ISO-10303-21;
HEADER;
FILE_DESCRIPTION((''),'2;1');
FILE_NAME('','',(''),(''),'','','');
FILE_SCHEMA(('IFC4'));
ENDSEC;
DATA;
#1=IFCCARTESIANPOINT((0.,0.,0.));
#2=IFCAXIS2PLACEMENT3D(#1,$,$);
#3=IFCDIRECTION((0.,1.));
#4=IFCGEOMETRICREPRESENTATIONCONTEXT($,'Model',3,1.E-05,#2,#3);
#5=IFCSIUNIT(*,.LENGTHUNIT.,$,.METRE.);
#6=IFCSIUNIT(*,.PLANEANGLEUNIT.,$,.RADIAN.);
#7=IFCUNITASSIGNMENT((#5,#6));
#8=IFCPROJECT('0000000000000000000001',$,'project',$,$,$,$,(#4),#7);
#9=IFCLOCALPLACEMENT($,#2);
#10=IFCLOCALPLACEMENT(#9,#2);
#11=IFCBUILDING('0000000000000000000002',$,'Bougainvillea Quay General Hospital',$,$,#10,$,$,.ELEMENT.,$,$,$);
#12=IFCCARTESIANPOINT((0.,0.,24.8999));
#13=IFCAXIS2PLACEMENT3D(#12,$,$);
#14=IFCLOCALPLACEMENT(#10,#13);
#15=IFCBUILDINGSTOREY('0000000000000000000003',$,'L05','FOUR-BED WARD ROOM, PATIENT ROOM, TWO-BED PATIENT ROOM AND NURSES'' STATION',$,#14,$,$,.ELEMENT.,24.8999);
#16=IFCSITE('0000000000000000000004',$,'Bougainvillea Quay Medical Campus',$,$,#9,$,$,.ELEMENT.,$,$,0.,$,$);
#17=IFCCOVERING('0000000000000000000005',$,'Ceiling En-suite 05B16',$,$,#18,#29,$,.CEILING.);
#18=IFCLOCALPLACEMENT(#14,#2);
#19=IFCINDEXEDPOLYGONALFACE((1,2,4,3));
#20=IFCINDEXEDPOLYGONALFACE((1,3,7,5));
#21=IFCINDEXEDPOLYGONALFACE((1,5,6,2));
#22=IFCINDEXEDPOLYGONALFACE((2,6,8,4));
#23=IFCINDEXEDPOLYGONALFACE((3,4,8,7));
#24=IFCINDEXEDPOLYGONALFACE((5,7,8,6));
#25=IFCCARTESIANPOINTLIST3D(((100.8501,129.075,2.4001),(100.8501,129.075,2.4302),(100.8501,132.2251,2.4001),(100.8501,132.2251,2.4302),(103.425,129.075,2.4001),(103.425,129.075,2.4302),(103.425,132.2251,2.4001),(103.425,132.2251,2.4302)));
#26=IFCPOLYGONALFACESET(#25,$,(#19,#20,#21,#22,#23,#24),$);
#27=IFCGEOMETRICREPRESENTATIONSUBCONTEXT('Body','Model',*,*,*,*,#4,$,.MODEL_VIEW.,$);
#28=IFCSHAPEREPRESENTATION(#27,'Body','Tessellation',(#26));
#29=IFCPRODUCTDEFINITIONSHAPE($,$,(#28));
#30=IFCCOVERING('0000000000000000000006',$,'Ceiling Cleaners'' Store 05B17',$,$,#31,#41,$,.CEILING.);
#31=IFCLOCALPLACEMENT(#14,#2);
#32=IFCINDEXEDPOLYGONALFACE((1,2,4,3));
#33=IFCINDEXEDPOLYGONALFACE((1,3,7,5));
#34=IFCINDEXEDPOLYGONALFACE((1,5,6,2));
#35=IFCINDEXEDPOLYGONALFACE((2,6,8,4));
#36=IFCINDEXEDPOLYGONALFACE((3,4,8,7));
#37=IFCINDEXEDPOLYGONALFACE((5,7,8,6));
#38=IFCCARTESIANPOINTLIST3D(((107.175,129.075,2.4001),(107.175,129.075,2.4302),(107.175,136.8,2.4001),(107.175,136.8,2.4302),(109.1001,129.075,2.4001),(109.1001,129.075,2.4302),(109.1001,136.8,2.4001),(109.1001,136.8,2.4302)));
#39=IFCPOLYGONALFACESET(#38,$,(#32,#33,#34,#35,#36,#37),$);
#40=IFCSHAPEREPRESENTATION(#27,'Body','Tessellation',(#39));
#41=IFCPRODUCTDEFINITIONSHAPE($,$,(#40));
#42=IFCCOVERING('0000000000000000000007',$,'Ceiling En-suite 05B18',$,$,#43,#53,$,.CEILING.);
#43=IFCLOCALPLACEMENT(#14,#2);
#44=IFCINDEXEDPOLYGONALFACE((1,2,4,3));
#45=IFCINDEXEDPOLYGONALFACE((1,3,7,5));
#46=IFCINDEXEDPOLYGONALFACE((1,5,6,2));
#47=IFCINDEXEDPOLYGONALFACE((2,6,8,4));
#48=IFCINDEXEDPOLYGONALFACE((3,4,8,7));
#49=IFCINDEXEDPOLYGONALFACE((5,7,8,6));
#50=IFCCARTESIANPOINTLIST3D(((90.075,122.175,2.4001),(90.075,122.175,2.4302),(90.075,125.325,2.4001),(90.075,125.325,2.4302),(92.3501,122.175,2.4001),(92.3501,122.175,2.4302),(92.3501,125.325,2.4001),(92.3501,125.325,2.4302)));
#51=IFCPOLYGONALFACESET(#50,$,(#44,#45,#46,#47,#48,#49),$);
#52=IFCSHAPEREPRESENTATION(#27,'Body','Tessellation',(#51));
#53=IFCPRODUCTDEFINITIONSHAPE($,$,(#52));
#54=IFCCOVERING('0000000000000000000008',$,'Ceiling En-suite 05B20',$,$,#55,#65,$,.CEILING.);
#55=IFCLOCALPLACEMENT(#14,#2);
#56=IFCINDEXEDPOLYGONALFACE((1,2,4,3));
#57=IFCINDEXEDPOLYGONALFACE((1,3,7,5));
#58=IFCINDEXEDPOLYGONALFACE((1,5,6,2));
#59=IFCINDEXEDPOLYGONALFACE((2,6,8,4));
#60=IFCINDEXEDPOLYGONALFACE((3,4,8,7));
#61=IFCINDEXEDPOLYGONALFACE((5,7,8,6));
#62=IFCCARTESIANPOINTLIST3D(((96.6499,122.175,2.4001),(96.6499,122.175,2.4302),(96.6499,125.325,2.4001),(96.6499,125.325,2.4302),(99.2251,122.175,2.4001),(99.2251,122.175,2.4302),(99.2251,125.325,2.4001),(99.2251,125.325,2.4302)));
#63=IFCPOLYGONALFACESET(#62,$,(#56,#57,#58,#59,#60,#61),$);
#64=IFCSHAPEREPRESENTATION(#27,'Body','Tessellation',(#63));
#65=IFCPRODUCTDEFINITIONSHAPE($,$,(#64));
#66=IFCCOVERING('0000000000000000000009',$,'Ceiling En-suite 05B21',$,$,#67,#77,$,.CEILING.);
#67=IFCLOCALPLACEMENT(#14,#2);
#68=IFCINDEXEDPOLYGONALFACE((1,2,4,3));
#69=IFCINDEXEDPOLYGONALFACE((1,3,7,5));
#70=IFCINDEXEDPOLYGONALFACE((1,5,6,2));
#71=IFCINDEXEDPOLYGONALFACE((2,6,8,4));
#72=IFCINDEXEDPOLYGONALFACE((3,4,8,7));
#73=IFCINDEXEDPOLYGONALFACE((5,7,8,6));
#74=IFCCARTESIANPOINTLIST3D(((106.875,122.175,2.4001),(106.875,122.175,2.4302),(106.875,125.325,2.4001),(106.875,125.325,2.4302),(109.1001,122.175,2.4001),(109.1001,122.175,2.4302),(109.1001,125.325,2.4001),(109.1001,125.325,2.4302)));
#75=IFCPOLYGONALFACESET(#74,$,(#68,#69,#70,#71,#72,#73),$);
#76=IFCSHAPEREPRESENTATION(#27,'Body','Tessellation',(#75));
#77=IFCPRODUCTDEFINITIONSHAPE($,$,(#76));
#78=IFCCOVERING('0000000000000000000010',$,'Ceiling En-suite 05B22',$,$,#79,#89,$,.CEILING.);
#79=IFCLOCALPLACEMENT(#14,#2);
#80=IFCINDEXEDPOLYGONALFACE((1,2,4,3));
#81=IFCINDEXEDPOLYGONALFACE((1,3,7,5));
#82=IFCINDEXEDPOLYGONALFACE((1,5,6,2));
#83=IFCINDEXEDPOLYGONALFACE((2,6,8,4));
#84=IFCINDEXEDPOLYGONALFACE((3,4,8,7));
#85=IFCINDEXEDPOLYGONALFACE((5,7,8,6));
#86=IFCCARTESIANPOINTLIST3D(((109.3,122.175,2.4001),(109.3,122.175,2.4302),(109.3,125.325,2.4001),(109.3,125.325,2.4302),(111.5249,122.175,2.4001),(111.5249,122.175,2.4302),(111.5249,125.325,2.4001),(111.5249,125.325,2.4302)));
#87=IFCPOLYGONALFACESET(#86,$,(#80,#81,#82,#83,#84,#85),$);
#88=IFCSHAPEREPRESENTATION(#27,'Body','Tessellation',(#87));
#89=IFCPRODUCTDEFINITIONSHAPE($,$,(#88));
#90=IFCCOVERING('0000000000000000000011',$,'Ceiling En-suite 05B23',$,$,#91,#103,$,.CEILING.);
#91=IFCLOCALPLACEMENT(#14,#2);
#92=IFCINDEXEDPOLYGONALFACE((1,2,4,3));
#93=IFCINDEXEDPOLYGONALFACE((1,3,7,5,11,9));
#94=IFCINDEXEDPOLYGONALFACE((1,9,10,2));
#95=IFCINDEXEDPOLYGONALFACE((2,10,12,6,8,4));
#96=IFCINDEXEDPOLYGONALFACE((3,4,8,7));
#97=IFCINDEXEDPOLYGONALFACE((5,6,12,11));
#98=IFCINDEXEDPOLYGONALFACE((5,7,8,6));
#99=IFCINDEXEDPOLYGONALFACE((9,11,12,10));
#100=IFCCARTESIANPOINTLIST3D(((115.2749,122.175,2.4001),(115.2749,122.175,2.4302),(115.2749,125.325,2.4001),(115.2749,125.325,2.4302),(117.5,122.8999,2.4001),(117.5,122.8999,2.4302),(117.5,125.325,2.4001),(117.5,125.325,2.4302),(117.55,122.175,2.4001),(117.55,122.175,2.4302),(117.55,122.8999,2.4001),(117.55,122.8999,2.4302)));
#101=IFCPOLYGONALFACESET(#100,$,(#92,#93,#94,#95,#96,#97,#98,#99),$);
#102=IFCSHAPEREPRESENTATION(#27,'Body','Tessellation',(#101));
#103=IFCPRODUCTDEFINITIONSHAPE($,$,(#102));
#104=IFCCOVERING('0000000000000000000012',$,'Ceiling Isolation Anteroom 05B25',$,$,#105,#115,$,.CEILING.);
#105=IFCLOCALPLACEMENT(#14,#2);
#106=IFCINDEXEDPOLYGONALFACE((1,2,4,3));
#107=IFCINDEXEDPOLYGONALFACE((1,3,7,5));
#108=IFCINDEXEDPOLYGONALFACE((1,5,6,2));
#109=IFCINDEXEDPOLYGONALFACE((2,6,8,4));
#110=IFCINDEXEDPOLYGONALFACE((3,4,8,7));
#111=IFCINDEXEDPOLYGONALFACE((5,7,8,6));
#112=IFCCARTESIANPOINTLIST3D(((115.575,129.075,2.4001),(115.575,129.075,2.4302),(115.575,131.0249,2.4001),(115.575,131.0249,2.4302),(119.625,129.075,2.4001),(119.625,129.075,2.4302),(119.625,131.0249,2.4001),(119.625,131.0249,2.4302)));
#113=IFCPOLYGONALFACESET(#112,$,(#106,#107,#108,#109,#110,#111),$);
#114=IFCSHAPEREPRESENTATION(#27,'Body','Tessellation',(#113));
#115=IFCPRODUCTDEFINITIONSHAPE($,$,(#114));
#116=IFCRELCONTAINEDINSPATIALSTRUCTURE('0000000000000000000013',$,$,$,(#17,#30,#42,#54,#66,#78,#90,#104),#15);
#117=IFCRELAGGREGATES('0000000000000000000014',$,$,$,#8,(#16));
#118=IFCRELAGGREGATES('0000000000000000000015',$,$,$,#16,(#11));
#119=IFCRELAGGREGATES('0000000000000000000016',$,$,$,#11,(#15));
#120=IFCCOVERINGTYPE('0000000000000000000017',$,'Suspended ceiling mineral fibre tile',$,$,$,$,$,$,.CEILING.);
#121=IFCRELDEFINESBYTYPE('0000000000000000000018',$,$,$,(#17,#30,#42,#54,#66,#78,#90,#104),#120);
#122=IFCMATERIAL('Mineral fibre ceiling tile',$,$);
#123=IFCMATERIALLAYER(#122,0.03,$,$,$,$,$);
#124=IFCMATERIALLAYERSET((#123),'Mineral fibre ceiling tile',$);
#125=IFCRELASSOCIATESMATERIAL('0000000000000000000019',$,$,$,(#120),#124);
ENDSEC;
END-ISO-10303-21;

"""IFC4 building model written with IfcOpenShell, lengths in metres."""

from ifc_helpers import new_model, si_unit, direction, frame, origin, place, context, subcontext, project, spatial, polyline, outline, extrude, material, layer, layer_set, type_object, element, save


model = new_model("IFC4")

# Units and contexts
model_context = context("Model", 3, precision=1e-05, world=origin(), true_north=direction((0.0, 1.0)))
body_context = subcontext(model_context, "Body", "Model", "MODEL_VIEW")
ifc_project = project(units=[si_unit("LENGTHUNIT", "METRE"), si_unit("PLANEANGLEUNIT", "RADIAN")], contexts=[model_context])

# Site, building, storey
site_placement = place(None, origin())
site = spatial("IfcSite", under=ifc_project, at=site_placement, Name="Bougainvillea Quay Medical Campus", CompositionType="ELEMENT", RefElevation=0.0)
building_placement = place(site_placement, origin())
building = spatial("IfcBuilding", under=site, at=building_placement, Name="Bougainvillea Quay General Hospital", CompositionType="ELEMENT")
storey_placement = place(building_placement, frame((0.0, 0.0, 24.8999)))
storey = spatial("IfcBuildingStorey", under=building, at=storey_placement, Name="L05", Description="FOUR-BED WARD ROOM, PATIENT ROOM, TWO-BED PATIENT ROOM AND NURSES' STATION", CompositionType="ELEMENT", Elevation=24.8999)

# Coverings
ifc_material = material(Name="Mineral fibre ceiling tile")
ifc_layer = layer(ifc_material, 0.03)
ifc_layer_set = layer_set([ifc_layer], Name="Mineral fibre ceiling tile")
covering_type = type_object("IfcCoveringType", Name="Suspended ceiling mineral fibre tile", PredefinedType="CEILING", material=ifc_layer_set)
covering_1_placement = place(storey_placement, frame((0.0, 0.0, 2.4001)))
element("IfcCovering", 1, at=covering_1_placement, inside=storey, type_object=covering_type, Name="Ceiling En-suite 05B16", PredefinedType="CEILING", context=body_context, shape_type="SweptSolid", body=[
    extrude(outline(polyline([(100.8501, 129.075), (103.425, 129.075), (103.425, 132.2251), (100.8501, 132.2251), (100.8501, 129.075)])), origin(), (0.0, 0.0, 1.0), 0.03),
])
covering_2_placement = place(storey_placement, frame((0.0, 0.0, 2.4001)))
element("IfcCovering", 2, at=covering_2_placement, inside=storey, type_object=covering_type, Name="Ceiling Cleaners' Store 05B17", PredefinedType="CEILING", context=body_context, shape_type="SweptSolid", body=[
    extrude(outline(polyline([(107.175, 136.8), (107.175, 129.075), (109.1001, 129.075), (109.1001, 136.8), (107.175, 136.8)])), origin(), (0.0, 0.0, 1.0), 0.03),
])
covering_3_placement = place(storey_placement, frame((0.0, 0.0, 2.4001)))
element("IfcCovering", 3, at=covering_3_placement, inside=storey, type_object=covering_type, Name="Ceiling En-suite 05B18", PredefinedType="CEILING", context=body_context, shape_type="SweptSolid", body=[
    extrude(outline(polyline([(92.3501, 125.325), (90.075, 125.325), (90.075, 122.175), (92.3501, 122.175), (92.3501, 125.325)])), origin(), (0.0, 0.0, 1.0), 0.03),
])
covering_4_placement = place(storey_placement, frame((0.0, 0.0, 2.4001)))
element("IfcCovering", 4, at=covering_4_placement, inside=storey, type_object=covering_type, Name="Ceiling En-suite 05B20", PredefinedType="CEILING", context=body_context, shape_type="SweptSolid", body=[
    extrude(outline(polyline([(99.2251, 125.325), (96.6499, 125.325), (96.6499, 122.175), (99.2251, 122.175), (99.2251, 125.325)])), origin(), (0.0, 0.0, 1.0), 0.03),
])
covering_5_placement = place(storey_placement, frame((0.0, 0.0, 2.4001)))
element("IfcCovering", 5, at=covering_5_placement, inside=storey, type_object=covering_type, Name="Ceiling En-suite 05B21", PredefinedType="CEILING", context=body_context, shape_type="SweptSolid", body=[
    extrude(outline(polyline([(109.1001, 125.325), (106.875, 125.325), (106.875, 122.175), (109.1001, 122.175), (109.1001, 125.325)])), origin(), (0.0, 0.0, 1.0), 0.03),
])
covering_6_placement = place(storey_placement, frame((0.0, 0.0, 2.4001)))
element("IfcCovering", 6, at=covering_6_placement, inside=storey, type_object=covering_type, Name="Ceiling En-suite 05B22", PredefinedType="CEILING", context=body_context, shape_type="SweptSolid", body=[
    extrude(outline(polyline([(109.3, 125.325), (109.3, 122.175), (111.5249, 122.175), (111.5249, 125.325), (109.3, 125.325)])), origin(), (0.0, 0.0, 1.0), 0.03),
])
covering_7_placement = place(storey_placement, frame((0.0, 0.0, 2.4001)))
element("IfcCovering", 7, at=covering_7_placement, inside=storey, type_object=covering_type, Name="Ceiling En-suite 05B23", PredefinedType="CEILING", context=body_context, shape_type="SweptSolid", body=[
    extrude(outline(polyline([(115.2749, 125.325), (115.2749, 122.175), (117.55, 122.175), (117.55, 122.8999), (117.5, 122.8999), (117.5, 125.325), (115.2749, 125.325)])), origin(), (0.0, 0.0, 1.0), 0.03),
])
covering_8_placement = place(storey_placement, frame((0.0, 0.0, 2.4001)))
element("IfcCovering", 8, at=covering_8_placement, inside=storey, type_object=covering_type, Name="Ceiling Isolation Anteroom 05B25", PredefinedType="CEILING", context=body_context, shape_type="SweptSolid", body=[
    extrude(outline(polyline([(115.575, 131.0249), (115.575, 129.075), (119.625, 129.075), (119.625, 131.0249), (115.575, 131.0249)])), origin(), (0.0, 0.0, 1.0), 0.03),
])

save(model, "model.ifc")
